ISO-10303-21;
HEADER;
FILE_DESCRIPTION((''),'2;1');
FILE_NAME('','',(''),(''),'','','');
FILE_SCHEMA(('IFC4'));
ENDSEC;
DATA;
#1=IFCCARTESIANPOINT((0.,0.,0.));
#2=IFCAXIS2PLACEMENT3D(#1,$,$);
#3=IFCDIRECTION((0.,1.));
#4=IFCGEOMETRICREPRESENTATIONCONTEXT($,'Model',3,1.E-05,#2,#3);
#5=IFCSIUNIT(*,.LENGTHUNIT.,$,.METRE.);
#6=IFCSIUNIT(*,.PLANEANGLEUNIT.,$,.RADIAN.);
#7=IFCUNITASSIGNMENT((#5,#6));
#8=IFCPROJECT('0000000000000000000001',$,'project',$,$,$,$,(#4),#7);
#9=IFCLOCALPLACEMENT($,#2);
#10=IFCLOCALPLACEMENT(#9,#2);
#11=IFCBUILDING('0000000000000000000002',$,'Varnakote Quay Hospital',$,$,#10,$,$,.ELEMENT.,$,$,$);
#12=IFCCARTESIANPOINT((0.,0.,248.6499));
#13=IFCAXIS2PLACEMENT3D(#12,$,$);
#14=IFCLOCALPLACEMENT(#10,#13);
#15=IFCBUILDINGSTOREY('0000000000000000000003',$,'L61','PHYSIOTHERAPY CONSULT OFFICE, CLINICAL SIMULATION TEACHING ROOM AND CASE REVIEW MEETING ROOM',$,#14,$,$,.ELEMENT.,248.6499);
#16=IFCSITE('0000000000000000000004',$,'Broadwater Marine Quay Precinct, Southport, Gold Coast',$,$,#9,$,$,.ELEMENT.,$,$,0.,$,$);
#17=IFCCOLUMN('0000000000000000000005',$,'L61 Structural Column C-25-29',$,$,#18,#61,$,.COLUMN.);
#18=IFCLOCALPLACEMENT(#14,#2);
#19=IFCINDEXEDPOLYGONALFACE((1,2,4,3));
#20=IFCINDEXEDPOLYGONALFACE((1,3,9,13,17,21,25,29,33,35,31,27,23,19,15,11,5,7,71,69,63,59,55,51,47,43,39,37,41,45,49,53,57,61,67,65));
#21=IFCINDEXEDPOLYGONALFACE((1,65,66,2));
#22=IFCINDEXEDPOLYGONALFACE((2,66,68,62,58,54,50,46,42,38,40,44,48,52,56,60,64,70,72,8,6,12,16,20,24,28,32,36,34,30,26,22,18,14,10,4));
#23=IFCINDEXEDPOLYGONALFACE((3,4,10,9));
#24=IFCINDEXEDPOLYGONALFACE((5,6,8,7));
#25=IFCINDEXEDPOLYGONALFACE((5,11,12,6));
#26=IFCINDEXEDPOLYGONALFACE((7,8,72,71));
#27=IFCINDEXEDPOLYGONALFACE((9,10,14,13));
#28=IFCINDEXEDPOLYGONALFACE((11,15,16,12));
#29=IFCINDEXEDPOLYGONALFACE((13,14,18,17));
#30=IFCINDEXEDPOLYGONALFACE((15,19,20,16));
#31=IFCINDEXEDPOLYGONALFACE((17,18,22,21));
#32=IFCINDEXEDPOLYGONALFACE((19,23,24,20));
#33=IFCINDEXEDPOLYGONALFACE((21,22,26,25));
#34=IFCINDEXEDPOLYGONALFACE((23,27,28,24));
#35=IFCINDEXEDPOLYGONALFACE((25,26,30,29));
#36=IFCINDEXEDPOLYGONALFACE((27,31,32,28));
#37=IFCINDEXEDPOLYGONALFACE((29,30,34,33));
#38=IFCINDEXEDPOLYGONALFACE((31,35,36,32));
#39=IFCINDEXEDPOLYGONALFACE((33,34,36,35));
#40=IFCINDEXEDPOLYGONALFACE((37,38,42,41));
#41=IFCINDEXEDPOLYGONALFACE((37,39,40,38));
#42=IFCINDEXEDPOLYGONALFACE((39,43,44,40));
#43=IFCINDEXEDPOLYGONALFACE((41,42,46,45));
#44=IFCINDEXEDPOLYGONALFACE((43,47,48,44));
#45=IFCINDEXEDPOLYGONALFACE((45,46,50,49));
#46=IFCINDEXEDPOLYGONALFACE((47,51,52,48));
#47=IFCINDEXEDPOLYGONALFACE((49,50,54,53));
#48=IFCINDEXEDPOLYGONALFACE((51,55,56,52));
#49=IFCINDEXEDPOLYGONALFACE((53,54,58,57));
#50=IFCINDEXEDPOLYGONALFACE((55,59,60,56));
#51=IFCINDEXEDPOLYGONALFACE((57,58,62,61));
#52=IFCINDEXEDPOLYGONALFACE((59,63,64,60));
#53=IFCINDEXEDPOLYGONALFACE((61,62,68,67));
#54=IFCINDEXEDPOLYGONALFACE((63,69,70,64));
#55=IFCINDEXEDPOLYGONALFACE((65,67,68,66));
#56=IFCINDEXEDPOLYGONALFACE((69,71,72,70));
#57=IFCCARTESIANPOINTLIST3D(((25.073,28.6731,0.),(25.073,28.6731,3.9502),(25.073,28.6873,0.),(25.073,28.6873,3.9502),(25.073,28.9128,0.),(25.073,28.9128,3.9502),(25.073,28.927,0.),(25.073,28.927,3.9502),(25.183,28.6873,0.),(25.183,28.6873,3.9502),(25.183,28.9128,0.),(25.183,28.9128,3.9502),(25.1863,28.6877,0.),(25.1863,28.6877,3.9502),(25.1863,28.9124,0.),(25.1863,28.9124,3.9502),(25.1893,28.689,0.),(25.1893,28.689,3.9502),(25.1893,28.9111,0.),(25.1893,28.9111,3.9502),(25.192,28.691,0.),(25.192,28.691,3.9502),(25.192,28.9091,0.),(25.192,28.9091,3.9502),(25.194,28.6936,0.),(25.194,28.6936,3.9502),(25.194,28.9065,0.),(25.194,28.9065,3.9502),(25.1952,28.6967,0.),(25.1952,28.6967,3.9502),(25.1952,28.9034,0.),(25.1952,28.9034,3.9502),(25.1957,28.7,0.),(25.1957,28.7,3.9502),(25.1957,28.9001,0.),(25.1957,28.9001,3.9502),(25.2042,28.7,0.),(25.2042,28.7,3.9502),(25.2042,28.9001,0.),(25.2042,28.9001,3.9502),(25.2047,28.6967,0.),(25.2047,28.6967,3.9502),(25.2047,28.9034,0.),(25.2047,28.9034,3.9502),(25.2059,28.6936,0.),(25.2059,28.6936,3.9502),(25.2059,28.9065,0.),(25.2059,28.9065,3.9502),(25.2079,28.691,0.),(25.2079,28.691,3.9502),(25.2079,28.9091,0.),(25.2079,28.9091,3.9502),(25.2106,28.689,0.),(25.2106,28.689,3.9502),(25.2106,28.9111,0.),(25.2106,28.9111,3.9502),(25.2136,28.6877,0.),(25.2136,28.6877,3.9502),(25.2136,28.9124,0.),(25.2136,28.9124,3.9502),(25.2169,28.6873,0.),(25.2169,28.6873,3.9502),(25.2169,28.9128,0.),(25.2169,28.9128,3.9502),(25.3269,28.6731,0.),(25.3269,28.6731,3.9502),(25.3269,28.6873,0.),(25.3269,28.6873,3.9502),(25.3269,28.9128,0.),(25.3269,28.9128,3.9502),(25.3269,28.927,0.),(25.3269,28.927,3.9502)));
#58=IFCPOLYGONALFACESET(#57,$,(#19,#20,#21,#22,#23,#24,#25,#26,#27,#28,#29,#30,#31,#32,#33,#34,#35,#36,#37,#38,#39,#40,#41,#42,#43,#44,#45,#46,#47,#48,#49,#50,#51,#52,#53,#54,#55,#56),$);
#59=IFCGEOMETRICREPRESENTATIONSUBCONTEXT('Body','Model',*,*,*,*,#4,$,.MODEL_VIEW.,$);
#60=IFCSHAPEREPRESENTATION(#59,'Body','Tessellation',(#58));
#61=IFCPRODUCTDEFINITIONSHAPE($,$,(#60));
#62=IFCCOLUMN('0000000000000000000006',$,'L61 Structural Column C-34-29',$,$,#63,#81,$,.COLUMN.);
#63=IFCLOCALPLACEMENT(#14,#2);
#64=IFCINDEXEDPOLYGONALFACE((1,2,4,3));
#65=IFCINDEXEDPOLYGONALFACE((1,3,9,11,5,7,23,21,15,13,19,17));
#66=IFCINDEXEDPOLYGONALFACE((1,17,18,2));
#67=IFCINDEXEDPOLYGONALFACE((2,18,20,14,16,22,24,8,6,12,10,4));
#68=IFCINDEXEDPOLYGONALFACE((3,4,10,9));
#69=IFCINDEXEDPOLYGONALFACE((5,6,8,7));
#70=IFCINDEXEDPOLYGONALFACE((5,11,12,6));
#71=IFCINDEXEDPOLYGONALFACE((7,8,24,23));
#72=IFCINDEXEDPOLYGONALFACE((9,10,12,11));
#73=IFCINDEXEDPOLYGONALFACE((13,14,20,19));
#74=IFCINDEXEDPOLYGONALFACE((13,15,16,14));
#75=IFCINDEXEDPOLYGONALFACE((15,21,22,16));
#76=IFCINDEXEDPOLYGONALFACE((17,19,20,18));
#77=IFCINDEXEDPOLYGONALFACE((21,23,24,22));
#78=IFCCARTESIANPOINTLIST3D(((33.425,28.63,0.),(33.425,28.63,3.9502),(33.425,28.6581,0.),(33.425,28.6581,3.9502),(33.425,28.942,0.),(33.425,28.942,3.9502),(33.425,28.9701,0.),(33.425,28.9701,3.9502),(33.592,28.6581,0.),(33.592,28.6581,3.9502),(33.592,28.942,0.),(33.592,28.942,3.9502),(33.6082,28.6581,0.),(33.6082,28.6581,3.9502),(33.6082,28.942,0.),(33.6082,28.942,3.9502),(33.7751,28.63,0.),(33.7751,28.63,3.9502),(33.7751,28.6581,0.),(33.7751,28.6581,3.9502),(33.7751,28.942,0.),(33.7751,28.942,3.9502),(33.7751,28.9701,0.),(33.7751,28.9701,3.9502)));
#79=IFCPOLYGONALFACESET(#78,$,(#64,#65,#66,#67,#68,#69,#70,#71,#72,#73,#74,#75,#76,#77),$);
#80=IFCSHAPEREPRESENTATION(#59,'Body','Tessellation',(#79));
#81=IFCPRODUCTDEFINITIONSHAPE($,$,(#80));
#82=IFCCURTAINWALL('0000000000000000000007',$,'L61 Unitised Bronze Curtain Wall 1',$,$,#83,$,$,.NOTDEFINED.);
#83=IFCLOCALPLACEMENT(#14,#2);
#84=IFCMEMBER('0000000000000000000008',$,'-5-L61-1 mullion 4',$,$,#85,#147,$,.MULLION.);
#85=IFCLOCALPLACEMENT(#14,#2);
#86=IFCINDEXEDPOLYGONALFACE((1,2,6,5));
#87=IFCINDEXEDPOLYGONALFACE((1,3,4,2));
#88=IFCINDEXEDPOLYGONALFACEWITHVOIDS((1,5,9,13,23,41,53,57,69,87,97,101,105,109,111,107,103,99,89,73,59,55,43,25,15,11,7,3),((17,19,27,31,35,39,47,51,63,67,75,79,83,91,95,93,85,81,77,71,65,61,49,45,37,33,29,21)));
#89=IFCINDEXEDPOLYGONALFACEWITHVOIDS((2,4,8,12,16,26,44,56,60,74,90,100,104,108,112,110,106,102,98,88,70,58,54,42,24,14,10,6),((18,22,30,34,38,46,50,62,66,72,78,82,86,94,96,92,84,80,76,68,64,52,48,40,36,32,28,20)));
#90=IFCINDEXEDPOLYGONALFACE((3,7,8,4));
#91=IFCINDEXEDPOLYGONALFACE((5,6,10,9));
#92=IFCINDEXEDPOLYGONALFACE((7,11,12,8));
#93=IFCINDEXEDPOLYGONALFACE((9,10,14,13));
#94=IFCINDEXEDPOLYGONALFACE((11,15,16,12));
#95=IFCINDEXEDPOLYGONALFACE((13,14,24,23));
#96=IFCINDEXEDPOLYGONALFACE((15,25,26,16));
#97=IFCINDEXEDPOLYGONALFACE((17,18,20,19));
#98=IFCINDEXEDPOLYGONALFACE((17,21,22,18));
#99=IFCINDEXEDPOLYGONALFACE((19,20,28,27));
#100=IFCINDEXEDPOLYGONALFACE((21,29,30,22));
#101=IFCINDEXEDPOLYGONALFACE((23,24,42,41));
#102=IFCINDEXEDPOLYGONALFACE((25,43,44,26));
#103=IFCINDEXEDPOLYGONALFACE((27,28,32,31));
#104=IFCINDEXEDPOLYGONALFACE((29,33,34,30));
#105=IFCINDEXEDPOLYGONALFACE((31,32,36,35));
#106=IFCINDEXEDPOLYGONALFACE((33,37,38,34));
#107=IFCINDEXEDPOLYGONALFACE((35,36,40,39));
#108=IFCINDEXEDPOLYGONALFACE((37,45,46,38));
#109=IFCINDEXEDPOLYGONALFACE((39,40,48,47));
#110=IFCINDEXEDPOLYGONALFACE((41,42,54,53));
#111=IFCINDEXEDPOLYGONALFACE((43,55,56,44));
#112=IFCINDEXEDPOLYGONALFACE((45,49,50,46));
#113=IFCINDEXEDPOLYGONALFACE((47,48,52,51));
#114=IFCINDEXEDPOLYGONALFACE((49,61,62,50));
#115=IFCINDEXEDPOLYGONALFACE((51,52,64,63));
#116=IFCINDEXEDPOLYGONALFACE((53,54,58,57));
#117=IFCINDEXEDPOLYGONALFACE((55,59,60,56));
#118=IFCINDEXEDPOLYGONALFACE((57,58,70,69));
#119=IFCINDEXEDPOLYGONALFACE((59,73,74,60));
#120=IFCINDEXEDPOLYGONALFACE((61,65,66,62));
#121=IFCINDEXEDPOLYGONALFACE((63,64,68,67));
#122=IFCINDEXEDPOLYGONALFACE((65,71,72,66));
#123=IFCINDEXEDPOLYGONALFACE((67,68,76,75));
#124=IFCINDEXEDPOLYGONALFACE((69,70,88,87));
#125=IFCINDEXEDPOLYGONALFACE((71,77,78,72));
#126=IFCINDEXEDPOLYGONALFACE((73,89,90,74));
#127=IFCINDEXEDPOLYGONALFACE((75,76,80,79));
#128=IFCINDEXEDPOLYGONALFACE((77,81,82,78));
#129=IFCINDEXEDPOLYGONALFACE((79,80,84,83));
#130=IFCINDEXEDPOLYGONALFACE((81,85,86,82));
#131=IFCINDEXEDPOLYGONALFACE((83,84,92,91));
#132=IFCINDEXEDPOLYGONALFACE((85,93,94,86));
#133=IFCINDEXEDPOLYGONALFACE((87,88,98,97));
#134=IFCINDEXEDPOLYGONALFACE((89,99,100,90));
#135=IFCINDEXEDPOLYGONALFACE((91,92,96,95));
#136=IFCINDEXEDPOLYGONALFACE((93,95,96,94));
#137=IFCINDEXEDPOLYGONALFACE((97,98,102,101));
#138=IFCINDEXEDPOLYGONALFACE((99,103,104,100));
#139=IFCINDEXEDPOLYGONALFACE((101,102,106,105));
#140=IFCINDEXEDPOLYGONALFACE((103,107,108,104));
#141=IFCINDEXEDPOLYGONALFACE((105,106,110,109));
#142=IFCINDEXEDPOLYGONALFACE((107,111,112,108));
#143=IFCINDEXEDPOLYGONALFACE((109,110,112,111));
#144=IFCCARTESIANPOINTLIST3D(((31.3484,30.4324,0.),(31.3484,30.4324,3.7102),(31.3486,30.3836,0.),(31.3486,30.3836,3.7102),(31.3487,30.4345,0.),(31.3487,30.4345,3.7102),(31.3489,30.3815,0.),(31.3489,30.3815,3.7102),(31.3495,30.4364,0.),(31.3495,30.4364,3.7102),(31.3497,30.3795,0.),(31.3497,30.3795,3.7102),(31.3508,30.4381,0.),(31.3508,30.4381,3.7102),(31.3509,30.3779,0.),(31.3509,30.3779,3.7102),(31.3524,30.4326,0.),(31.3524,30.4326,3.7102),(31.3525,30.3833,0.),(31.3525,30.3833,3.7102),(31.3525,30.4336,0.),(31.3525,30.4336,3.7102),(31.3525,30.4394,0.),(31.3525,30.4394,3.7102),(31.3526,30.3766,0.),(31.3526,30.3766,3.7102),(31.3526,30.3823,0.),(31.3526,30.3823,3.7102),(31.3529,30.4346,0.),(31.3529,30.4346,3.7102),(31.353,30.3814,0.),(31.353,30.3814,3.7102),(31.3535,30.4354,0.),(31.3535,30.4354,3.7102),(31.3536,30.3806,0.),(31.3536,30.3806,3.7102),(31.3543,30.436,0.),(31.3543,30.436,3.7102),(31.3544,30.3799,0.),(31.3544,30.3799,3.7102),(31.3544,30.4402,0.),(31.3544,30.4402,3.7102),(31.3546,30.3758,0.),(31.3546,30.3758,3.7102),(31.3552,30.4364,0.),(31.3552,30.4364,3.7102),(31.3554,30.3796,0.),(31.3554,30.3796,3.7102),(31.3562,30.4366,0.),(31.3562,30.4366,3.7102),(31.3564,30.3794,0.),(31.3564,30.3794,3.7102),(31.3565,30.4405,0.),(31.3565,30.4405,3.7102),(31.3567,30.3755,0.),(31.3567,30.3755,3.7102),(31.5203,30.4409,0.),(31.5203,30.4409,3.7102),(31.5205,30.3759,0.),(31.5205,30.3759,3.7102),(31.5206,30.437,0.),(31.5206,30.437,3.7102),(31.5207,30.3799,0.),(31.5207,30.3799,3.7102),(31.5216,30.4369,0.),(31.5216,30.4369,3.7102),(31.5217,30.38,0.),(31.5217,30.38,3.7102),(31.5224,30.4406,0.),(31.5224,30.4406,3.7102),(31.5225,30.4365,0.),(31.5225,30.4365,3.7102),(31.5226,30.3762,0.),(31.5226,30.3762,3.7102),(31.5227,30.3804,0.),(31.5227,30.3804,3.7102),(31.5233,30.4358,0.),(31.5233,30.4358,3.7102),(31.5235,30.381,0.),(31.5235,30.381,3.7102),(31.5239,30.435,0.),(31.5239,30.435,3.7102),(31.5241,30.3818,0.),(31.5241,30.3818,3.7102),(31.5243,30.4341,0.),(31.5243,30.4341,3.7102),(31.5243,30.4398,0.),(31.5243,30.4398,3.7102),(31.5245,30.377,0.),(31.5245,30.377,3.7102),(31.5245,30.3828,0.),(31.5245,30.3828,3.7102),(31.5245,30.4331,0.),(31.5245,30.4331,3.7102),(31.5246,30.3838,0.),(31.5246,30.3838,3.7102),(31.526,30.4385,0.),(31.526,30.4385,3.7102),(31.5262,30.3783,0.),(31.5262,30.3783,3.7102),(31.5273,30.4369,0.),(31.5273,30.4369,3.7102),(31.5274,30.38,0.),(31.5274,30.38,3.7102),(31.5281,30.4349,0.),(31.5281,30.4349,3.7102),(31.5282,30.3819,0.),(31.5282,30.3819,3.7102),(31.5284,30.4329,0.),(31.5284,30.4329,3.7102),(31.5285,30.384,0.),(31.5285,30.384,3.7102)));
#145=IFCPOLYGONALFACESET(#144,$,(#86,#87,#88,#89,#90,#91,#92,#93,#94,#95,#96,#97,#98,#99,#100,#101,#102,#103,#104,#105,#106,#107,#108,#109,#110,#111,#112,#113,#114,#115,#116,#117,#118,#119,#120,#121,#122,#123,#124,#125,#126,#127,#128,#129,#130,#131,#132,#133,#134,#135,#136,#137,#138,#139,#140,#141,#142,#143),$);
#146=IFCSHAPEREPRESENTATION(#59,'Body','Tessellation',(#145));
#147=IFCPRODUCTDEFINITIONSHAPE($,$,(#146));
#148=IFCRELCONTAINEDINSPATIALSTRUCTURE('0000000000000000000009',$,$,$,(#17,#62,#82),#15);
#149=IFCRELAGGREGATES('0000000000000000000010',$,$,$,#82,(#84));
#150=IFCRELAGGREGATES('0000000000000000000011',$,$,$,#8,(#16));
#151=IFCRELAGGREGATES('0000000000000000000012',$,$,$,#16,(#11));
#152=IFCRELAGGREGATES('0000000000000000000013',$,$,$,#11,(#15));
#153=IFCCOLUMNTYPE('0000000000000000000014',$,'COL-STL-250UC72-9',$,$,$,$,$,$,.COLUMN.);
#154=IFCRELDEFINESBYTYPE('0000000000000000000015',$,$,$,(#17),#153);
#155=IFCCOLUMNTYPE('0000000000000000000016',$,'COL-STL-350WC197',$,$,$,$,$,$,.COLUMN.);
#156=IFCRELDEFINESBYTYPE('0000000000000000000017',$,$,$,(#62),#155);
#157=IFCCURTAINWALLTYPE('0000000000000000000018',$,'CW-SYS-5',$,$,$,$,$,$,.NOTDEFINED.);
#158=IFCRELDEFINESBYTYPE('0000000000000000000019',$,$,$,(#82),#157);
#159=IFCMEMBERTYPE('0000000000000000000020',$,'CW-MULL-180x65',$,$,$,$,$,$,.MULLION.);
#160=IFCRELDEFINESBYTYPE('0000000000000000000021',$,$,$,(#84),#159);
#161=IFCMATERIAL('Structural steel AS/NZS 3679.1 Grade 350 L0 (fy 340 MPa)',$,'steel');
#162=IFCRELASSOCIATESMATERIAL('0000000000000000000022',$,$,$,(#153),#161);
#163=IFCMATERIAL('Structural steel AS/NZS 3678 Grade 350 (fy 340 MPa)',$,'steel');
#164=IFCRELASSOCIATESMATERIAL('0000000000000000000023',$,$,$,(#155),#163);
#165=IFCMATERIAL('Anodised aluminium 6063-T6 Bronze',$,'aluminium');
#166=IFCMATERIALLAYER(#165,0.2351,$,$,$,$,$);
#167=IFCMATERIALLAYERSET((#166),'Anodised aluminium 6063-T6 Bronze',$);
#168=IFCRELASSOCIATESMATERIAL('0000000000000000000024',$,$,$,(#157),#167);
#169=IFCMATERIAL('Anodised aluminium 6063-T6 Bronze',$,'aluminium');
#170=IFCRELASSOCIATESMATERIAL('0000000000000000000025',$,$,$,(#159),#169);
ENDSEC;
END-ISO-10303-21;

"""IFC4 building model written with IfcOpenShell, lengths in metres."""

from ifc_helpers import new_model, si_unit, direction, frame, origin, origin_2d, place, context, subcontext, project, spatial, hollow_rectangle, i_section, extrude, material, layer, layer_set, material_profile, profile_set, type_object, element, aggregate, save


model = new_model("IFC4")

# Units and contexts
model_context = context("Model", 3, precision=1e-05, world=origin(), true_north=direction((0.0, 1.0)))
body_context = subcontext(model_context, "Body", "Model", "MODEL_VIEW")
ifc_project = project(units=[si_unit("LENGTHUNIT", "METRE"), si_unit("PLANEANGLEUNIT", "RADIAN")], contexts=[model_context])

# Site, building, storey
site_placement = place(None, origin())
site = spatial("IfcSite", under=ifc_project, at=site_placement, Name="Broadwater Marine Quay Precinct, Southport, Gold Coast", CompositionType="ELEMENT", RefElevation=0.0)
building_placement = place(site_placement, origin())
building = spatial("IfcBuilding", under=site, at=building_placement, Name="Varnakote Quay Hospital", CompositionType="ELEMENT")
storey_placement = place(building_placement, frame((0.0, 0.0, 248.6499)))
storey = spatial("IfcBuildingStorey", under=building, at=storey_placement, Name="L61", Description="PHYSIOTHERAPY CONSULT OFFICE, CLINICAL SIMULATION TEACHING ROOM AND CASE REVIEW MEETING ROOM", CompositionType="ELEMENT", Elevation=248.6499)

# Columns
ifc_material_1 = material(Name="Structural steel AS/NZS 3679.1 Grade 350 L0 (fy 340 MPa)", Category="steel")
ifc_material_profile_1 = material_profile(ifc_material_1, i_section(OverallWidth=0.2539, OverallDepth=0.2539, WebThickness=0.0085, FlangeThickness=0.0142, FilletRadius=0.0127, at=origin_2d()), Name="250UC72.9")
ifc_profile_set_1 = profile_set([ifc_material_profile_1], Name="Structural steel AS/NZS 3679.1 Grade 350 L0 (fy 340 MPa)")
column_type_1 = type_object("IfcColumnType", Name="COL-STL-250UC72-9", PredefinedType="COLUMN", material=ifc_profile_set_1)
column_1_placement = place(storey_placement, frame((25.2, 28.8, 0.0), z_axis=(0.0, 0.0, 1.0), x_axis=(1.0, 0.0, 0.0)))
element("IfcColumn", 1, at=column_1_placement, inside=storey, type_object=column_type_1, Name="L61 Structural Column C-25-29", PredefinedType="COLUMN", context=body_context, shape_type="SweptSolid", body=[
    extrude(i_section(OverallWidth=0.2539, OverallDepth=0.2539, WebThickness=0.0085, FlangeThickness=0.0142, FilletRadius=0.0127, at=origin_2d()), origin(), (0.0, 0.0, 1.0), 3.9502),
])
ifc_material_2 = material(Name="Structural steel AS/NZS 3678 Grade 350 (fy 340 MPa)", Category="steel")
ifc_material_profile_2 = material_profile(ifc_material_2, i_section(OverallWidth=0.3501, OverallDepth=0.3401, WebThickness=0.0161, FlangeThickness=0.0281, at=origin_2d()), Name="350WC197")
ifc_profile_set_2 = profile_set([ifc_material_profile_2], Name="Structural steel AS/NZS 3678 Grade 350 (fy 340 MPa)")
column_type_2 = type_object("IfcColumnType", Name="COL-STL-350WC197", PredefinedType="COLUMN", material=ifc_profile_set_2)
column_2_placement = place(storey_placement, frame((33.6001, 28.8, 0.0), z_axis=(0.0, 0.0, 1.0), x_axis=(1.0, 0.0, 0.0)))
element("IfcColumn", 2, at=column_2_placement, inside=storey, type_object=column_type_2, Name="L61 Structural Column C-34-29", PredefinedType="COLUMN", context=body_context, shape_type="SweptSolid", body=[
    extrude(i_section(OverallWidth=0.3501, OverallDepth=0.3401, WebThickness=0.0161, FlangeThickness=0.0281, at=origin_2d()), origin(), (0.0, 0.0, 1.0), 3.9502),
])

# Curtain wall, member
ifc_material_3 = material(Name="Anodised aluminium 6063-T6 Bronze", Category="aluminium")
ifc_layer_1 = layer(ifc_material_3, 0.2351)
ifc_layer_set_1 = layer_set([ifc_layer_1], Name="Anodised aluminium 6063-T6 Bronze")
curtain_wall_type = type_object("IfcCurtainWallType", Name="CW-SYS-5", PredefinedType="NOTDEFINED", material=ifc_layer_set_1)
curtain_wall_1_placement = place(storey_placement, origin())
curtain_wall_1 = element("IfcCurtainWall", 3, at=curtain_wall_1_placement, inside=storey, type_object=curtain_wall_type, Name="L61 Unitised Bronze Curtain Wall 1", PredefinedType="NOTDEFINED")
ifc_material_4 = material(Name="Anodised aluminium 6063-T6 Bronze", Category="aluminium")
ifc_material_profile_3 = material_profile(ifc_material_4, hollow_rectangle(XDim=0.0649, YDim=0.1799, WallThickness=0.0039, InnerFilletRadius=0.0039, OuterFilletRadius=0.0081, at=origin_2d()), Name="CW-MULL-180x65")
ifc_profile_set_3 = profile_set([ifc_material_profile_3], Name="Anodised aluminium 6063-T6 Bronze")
member_type_1 = type_object("IfcMemberType", Name="CW-MULL-180x65", PredefinedType="MULLION", material=ifc_profile_set_3)
member_1_placement = place(storey_placement, frame((31.4385, 30.4082, 0.0), z_axis=(0.0, 0.0, 1.0), x_axis=(0.002604, -0.999997, 0.0)))
member_1 = element("IfcMember", 4, at=member_1_placement, type_object=member_type_1, Name="-5-L61-1 mullion 4", PredefinedType="MULLION", context=body_context, shape_type="SweptSolid", body=[
    extrude(hollow_rectangle(XDim=0.0649, YDim=0.1799, WallThickness=0.0039, InnerFilletRadius=0.0039, OuterFilletRadius=0.0081, at=origin_2d()), origin(), (0.0, 0.0, 1.0), 3.7102),
])

aggregate(curtain_wall_1, [member_1])

save(model, "model.ifc")
